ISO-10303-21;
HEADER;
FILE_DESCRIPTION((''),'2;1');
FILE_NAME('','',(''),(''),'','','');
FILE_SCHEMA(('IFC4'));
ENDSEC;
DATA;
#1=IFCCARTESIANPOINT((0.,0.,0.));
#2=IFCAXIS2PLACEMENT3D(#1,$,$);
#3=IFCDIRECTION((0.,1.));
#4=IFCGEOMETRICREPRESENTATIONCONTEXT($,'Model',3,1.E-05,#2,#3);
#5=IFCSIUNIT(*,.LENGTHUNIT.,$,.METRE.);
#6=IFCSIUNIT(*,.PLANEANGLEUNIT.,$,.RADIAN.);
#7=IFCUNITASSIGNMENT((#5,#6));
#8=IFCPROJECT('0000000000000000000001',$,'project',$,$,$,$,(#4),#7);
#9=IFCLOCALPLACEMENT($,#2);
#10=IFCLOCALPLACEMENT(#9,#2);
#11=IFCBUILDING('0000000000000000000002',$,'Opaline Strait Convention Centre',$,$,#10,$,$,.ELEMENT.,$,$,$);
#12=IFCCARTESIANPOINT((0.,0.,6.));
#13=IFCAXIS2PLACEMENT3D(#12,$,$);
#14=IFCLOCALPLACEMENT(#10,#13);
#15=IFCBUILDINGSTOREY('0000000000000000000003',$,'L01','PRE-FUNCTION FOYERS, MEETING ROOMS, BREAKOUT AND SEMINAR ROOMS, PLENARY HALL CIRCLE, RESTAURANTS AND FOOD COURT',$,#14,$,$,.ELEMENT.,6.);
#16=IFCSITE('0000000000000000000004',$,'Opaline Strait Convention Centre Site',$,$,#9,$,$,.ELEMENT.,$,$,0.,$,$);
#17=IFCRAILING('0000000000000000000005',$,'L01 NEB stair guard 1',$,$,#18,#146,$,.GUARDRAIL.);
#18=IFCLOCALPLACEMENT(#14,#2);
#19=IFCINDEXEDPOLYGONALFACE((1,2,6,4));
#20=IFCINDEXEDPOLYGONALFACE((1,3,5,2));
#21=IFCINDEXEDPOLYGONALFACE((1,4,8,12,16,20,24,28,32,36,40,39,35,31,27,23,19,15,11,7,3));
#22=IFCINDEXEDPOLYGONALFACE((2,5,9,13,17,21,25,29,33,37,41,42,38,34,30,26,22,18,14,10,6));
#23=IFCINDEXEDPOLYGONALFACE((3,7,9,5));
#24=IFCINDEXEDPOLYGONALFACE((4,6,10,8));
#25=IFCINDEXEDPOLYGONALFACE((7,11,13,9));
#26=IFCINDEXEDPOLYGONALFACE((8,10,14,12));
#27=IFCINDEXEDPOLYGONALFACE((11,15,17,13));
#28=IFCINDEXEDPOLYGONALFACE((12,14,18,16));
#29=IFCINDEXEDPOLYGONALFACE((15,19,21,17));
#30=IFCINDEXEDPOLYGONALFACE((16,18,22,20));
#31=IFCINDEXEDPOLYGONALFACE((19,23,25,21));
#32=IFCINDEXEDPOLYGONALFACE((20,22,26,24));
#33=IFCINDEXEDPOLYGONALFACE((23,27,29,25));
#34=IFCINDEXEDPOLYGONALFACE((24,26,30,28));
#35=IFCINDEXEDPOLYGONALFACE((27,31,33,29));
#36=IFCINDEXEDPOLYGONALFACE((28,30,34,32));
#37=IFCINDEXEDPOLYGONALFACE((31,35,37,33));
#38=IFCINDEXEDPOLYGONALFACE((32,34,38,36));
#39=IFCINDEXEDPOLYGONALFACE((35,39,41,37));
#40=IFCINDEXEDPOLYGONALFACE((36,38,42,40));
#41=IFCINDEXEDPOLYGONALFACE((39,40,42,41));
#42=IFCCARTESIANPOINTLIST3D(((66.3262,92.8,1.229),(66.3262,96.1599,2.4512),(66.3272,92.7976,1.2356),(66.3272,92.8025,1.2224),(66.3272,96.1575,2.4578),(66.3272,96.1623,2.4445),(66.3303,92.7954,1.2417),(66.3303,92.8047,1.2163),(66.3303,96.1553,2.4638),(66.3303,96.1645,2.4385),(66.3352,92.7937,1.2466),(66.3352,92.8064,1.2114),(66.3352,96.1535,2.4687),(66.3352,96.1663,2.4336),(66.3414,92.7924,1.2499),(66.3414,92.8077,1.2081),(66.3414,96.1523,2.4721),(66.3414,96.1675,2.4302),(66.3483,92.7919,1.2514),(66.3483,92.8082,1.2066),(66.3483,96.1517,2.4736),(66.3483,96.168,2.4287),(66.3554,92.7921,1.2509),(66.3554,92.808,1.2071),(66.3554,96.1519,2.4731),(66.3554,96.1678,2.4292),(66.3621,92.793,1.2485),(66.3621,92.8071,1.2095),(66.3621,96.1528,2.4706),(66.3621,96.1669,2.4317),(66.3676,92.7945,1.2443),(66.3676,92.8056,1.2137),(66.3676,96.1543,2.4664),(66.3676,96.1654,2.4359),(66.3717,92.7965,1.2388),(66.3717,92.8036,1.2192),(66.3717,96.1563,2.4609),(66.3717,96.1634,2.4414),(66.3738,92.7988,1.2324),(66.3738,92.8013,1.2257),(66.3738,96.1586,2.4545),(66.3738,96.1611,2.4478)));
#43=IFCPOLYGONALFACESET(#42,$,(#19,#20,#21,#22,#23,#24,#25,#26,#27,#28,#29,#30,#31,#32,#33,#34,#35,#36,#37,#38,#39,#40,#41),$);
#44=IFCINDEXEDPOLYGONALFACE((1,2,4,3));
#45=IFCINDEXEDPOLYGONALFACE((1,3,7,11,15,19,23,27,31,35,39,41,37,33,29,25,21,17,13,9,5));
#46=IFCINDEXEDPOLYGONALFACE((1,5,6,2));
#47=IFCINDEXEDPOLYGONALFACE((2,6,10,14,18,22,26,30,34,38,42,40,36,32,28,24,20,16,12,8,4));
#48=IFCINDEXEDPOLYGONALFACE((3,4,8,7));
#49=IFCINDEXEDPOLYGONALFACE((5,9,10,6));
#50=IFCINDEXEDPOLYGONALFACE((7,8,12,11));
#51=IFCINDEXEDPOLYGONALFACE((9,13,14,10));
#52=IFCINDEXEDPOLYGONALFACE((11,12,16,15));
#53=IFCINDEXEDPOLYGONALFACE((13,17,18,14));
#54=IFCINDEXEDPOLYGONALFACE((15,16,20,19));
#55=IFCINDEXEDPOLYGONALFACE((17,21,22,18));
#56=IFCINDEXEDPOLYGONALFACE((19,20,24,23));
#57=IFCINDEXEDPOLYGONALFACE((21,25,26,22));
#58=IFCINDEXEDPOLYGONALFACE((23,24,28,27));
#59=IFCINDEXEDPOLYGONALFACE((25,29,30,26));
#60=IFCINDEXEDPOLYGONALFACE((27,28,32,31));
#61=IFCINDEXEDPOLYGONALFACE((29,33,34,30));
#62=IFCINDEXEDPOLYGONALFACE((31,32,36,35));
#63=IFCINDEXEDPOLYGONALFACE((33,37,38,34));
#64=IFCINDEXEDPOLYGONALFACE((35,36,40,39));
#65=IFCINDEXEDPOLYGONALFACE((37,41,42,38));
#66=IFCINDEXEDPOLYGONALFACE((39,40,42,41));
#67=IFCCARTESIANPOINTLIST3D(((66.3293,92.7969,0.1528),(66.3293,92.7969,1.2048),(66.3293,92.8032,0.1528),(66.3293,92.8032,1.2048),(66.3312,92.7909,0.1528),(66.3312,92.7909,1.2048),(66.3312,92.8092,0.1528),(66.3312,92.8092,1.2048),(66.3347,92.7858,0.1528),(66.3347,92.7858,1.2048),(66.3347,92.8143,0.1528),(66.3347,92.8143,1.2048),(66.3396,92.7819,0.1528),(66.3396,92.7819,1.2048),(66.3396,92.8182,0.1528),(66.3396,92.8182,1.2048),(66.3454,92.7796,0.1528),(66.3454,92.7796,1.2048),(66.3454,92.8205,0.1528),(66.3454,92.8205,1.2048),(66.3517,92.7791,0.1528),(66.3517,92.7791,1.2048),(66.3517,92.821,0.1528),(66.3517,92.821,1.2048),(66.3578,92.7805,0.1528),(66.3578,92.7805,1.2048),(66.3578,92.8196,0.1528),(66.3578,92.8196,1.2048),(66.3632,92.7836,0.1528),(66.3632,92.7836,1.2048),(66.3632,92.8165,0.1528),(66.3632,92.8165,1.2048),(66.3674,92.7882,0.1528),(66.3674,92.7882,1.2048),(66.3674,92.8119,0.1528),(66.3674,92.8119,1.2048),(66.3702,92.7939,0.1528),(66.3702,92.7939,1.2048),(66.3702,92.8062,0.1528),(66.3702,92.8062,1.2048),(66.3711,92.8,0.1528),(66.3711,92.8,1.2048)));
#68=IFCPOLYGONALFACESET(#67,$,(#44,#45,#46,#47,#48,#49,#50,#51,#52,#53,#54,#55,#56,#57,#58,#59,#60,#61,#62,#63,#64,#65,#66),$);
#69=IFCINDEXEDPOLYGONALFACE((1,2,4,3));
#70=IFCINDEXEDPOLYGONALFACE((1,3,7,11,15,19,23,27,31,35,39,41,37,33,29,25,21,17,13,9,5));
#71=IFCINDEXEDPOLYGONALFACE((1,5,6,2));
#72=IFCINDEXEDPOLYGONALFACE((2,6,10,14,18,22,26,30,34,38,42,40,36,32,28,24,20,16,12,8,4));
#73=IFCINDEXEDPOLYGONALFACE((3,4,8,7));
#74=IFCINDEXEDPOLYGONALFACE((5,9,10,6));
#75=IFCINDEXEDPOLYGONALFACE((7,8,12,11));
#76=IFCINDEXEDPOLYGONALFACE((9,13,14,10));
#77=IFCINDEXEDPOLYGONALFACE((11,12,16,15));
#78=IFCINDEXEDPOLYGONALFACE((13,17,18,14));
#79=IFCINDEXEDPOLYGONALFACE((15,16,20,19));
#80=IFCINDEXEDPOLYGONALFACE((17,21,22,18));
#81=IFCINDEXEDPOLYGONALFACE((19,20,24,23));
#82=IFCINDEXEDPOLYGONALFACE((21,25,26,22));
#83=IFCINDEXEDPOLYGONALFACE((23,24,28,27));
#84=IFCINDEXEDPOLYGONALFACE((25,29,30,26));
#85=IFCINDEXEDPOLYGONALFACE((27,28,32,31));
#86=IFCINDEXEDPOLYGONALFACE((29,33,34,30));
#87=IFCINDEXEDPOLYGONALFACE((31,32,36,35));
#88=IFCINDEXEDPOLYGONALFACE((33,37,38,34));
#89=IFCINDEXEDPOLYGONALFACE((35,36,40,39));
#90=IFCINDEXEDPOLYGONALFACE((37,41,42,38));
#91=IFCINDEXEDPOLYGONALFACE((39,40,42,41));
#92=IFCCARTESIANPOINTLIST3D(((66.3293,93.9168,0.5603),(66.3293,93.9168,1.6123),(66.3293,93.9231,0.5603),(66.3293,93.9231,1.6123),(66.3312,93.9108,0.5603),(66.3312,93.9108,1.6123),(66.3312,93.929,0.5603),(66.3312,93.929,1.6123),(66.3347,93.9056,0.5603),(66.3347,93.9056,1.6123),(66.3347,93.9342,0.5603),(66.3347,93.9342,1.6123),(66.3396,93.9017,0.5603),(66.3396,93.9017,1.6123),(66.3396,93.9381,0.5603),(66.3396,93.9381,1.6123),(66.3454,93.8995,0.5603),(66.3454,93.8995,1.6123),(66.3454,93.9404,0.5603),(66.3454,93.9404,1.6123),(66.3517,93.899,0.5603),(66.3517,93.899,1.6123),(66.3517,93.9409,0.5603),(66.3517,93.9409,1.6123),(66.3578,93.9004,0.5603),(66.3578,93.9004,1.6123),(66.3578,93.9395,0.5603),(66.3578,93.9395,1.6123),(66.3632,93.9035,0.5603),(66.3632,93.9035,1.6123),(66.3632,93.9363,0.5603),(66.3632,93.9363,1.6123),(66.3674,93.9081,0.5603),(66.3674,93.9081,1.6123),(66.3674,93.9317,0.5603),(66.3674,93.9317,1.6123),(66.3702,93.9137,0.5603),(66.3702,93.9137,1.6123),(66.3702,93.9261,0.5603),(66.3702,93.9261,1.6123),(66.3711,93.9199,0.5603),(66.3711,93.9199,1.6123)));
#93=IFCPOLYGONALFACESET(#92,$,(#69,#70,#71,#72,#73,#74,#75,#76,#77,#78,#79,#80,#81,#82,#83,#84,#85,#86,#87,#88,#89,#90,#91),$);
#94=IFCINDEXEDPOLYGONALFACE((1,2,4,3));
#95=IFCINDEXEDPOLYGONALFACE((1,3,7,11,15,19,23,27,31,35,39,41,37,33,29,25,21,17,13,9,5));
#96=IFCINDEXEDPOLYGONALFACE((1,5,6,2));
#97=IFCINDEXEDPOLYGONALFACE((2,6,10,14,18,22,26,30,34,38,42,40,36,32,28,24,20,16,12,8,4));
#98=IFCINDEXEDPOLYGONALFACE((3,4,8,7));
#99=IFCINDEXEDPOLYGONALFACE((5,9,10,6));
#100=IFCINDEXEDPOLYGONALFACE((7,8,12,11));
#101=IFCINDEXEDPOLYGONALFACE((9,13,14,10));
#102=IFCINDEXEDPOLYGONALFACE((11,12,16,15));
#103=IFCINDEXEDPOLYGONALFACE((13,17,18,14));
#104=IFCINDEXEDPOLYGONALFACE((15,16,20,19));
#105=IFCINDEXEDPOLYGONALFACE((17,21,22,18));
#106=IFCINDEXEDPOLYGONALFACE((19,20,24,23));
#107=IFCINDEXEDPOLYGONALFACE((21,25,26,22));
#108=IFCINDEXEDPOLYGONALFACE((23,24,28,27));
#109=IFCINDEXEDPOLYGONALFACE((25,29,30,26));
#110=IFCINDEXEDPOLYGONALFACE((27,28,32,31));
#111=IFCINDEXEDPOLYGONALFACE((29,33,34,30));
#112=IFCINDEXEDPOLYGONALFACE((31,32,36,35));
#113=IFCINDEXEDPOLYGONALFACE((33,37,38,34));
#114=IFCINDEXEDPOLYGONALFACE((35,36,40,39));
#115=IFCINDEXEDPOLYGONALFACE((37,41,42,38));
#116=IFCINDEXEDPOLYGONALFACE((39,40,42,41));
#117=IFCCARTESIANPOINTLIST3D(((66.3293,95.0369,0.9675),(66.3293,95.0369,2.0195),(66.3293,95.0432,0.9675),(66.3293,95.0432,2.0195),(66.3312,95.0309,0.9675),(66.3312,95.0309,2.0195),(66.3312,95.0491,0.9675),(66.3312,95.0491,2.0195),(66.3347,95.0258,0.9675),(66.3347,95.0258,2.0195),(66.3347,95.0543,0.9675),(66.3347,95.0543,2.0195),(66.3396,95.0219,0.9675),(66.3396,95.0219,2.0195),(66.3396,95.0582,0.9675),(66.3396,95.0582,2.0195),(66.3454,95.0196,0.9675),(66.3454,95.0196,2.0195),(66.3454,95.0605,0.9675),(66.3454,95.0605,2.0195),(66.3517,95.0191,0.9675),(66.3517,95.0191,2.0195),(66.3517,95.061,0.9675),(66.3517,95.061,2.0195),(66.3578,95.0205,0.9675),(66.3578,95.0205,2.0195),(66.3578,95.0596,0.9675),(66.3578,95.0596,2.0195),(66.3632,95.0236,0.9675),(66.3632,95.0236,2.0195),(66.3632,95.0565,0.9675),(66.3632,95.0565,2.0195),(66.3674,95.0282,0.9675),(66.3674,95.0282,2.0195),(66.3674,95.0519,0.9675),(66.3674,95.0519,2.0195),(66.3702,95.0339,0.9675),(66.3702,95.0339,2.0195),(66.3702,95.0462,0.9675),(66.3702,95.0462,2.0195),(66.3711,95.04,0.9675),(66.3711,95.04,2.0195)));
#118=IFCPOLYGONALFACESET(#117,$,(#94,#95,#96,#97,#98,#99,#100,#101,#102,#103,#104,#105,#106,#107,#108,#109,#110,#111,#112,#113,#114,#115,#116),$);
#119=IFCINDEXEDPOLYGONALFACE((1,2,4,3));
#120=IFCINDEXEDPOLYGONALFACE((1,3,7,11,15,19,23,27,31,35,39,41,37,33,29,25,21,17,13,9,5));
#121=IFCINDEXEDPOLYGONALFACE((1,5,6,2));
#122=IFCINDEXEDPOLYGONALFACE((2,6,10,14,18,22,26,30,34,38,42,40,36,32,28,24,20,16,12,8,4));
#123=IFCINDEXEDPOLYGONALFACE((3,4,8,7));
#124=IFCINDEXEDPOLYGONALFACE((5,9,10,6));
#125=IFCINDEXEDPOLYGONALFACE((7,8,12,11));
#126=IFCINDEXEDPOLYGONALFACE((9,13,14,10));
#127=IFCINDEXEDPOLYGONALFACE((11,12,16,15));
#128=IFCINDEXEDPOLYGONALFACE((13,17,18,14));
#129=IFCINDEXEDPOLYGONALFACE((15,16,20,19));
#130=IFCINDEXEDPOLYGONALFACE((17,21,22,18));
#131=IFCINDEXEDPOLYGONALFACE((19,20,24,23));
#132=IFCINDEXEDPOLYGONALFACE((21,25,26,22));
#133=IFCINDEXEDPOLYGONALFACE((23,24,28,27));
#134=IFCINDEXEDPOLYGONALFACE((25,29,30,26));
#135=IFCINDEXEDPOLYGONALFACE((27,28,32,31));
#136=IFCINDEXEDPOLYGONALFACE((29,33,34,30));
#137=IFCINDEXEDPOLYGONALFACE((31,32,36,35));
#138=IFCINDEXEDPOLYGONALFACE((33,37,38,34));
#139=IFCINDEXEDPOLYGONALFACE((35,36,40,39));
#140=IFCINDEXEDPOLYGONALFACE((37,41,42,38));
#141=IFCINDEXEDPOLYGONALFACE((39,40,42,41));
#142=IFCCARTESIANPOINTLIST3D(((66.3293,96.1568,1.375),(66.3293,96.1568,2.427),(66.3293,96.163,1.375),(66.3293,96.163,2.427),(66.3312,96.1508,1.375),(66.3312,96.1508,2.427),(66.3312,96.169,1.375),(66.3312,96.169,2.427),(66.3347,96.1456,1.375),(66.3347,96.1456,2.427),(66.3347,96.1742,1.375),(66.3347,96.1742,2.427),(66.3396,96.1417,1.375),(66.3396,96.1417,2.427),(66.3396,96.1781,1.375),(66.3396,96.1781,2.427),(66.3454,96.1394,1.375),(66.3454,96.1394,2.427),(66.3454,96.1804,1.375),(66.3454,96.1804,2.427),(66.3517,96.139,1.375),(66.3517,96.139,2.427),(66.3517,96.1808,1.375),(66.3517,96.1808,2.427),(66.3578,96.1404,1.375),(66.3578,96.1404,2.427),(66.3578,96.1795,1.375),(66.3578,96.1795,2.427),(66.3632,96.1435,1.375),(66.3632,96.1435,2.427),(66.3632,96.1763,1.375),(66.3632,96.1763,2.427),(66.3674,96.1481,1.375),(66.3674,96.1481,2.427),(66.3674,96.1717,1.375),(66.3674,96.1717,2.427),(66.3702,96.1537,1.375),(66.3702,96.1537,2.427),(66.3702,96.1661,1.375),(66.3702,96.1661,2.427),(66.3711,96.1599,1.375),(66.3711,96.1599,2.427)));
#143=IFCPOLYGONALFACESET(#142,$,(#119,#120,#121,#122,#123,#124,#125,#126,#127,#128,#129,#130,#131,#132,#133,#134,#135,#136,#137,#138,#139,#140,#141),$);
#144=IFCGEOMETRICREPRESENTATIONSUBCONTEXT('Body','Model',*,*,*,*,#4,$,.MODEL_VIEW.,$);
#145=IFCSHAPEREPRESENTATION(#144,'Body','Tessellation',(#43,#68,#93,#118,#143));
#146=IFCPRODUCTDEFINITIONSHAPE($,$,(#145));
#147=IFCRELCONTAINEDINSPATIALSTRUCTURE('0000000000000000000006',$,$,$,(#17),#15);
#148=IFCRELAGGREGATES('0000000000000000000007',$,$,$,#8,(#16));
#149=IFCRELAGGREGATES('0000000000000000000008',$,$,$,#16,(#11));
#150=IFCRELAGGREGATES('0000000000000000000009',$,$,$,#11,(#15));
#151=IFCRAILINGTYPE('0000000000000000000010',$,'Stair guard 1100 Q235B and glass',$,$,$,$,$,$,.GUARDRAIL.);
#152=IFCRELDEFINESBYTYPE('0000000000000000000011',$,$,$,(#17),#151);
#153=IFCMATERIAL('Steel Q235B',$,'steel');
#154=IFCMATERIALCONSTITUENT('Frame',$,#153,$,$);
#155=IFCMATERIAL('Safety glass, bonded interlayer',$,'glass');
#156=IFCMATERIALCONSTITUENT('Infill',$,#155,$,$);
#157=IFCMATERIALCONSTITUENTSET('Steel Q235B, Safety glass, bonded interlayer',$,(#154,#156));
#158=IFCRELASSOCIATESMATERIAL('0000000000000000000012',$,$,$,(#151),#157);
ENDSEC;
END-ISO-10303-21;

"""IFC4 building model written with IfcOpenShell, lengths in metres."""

from ifc_helpers import new_model, si_unit, direction, frame, origin, origin_2d, place, context, subcontext, project, spatial, circle, extrude, material, constituent, constituent_set, type_object, element, save


model = new_model("IFC4")

# Units and contexts
model_context = context("Model", 3, precision=1e-05, world=origin(), true_north=direction((0.0, 1.0)))
body_context = subcontext(model_context, "Body", "Model", "MODEL_VIEW")
ifc_project = project(units=[si_unit("LENGTHUNIT", "METRE"), si_unit("PLANEANGLEUNIT", "RADIAN")], contexts=[model_context])

# Site, building, storey
site_placement = place(None, origin())
site = spatial("IfcSite", under=ifc_project, at=site_placement, Name="Opaline Strait Convention Centre Site", CompositionType="ELEMENT", RefElevation=0.0)
building_placement = place(site_placement, origin())
building = spatial("IfcBuilding", under=site, at=building_placement, Name="Opaline Strait Convention Centre", CompositionType="ELEMENT")
storey_placement = place(building_placement, frame((0.0, 0.0, 6.0)))
storey = spatial("IfcBuildingStorey", under=building, at=storey_placement, Name="L01", Description="PRE-FUNCTION FOYERS, MEETING ROOMS, BREAKOUT AND SEMINAR ROOMS, PLENARY HALL CIRCLE, RESTAURANTS AND FOOD COURT", CompositionType="ELEMENT", Elevation=6.0)

# Railing
ifc_material_1 = material(Name="Steel Q235B", Category="steel")
ifc_constituent_1 = constituent(ifc_material_1, Name="Frame")
ifc_material_2 = material(Name="Safety glass, bonded interlayer", Category="glass")
ifc_constituent_2 = constituent(ifc_material_2, Name="Infill")
ifc_constituent_set = constituent_set(constituents=[ifc_constituent_1, ifc_constituent_2], Name="Steel Q235B, Safety glass, bonded interlayer")
railing_type_1 = type_object("IfcRailingType", Name="Stair guard 1100 Q235B and glass", PredefinedType="GUARDRAIL", material=ifc_constituent_set)
railing_1_placement = place(storey_placement, frame((66.3501, 92.8, 0.1528)))
element("IfcRailing", 1, at=railing_1_placement, inside=storey, type_object=railing_type_1, Name="L01 NEB stair guard 1", PredefinedType="GUARDRAIL", context=body_context, shape_type="SweptSolid", body=[
    extrude(circle(Radius=0.0239, at=origin_2d()), frame((0.0, 0.0, 1.0762), z_axis=(0.0, 0.939758, 0.341842), x_axis=(-1.0, 0.0, 0.0)), (0.0, 0.0, 1.0), 3.5752),
    extrude(circle(Radius=0.021, at=origin_2d()), origin(), (0.0, 0.0, 1.0), 1.052),
    extrude(circle(Radius=0.021, at=origin_2d()), frame((0.0, 1.1199, 0.4075)), (0.0, 0.0, 1.0), 1.052),
    extrude(circle(Radius=0.021, at=origin_2d()), frame((0.0, 2.24, 0.8147)), (0.0, 0.0, 1.0), 1.052),
    extrude(circle(Radius=0.021, at=origin_2d()), frame((0.0, 3.3599, 1.2222)), (0.0, 0.0, 1.0), 1.052),
])

save(model, "model.ifc")
